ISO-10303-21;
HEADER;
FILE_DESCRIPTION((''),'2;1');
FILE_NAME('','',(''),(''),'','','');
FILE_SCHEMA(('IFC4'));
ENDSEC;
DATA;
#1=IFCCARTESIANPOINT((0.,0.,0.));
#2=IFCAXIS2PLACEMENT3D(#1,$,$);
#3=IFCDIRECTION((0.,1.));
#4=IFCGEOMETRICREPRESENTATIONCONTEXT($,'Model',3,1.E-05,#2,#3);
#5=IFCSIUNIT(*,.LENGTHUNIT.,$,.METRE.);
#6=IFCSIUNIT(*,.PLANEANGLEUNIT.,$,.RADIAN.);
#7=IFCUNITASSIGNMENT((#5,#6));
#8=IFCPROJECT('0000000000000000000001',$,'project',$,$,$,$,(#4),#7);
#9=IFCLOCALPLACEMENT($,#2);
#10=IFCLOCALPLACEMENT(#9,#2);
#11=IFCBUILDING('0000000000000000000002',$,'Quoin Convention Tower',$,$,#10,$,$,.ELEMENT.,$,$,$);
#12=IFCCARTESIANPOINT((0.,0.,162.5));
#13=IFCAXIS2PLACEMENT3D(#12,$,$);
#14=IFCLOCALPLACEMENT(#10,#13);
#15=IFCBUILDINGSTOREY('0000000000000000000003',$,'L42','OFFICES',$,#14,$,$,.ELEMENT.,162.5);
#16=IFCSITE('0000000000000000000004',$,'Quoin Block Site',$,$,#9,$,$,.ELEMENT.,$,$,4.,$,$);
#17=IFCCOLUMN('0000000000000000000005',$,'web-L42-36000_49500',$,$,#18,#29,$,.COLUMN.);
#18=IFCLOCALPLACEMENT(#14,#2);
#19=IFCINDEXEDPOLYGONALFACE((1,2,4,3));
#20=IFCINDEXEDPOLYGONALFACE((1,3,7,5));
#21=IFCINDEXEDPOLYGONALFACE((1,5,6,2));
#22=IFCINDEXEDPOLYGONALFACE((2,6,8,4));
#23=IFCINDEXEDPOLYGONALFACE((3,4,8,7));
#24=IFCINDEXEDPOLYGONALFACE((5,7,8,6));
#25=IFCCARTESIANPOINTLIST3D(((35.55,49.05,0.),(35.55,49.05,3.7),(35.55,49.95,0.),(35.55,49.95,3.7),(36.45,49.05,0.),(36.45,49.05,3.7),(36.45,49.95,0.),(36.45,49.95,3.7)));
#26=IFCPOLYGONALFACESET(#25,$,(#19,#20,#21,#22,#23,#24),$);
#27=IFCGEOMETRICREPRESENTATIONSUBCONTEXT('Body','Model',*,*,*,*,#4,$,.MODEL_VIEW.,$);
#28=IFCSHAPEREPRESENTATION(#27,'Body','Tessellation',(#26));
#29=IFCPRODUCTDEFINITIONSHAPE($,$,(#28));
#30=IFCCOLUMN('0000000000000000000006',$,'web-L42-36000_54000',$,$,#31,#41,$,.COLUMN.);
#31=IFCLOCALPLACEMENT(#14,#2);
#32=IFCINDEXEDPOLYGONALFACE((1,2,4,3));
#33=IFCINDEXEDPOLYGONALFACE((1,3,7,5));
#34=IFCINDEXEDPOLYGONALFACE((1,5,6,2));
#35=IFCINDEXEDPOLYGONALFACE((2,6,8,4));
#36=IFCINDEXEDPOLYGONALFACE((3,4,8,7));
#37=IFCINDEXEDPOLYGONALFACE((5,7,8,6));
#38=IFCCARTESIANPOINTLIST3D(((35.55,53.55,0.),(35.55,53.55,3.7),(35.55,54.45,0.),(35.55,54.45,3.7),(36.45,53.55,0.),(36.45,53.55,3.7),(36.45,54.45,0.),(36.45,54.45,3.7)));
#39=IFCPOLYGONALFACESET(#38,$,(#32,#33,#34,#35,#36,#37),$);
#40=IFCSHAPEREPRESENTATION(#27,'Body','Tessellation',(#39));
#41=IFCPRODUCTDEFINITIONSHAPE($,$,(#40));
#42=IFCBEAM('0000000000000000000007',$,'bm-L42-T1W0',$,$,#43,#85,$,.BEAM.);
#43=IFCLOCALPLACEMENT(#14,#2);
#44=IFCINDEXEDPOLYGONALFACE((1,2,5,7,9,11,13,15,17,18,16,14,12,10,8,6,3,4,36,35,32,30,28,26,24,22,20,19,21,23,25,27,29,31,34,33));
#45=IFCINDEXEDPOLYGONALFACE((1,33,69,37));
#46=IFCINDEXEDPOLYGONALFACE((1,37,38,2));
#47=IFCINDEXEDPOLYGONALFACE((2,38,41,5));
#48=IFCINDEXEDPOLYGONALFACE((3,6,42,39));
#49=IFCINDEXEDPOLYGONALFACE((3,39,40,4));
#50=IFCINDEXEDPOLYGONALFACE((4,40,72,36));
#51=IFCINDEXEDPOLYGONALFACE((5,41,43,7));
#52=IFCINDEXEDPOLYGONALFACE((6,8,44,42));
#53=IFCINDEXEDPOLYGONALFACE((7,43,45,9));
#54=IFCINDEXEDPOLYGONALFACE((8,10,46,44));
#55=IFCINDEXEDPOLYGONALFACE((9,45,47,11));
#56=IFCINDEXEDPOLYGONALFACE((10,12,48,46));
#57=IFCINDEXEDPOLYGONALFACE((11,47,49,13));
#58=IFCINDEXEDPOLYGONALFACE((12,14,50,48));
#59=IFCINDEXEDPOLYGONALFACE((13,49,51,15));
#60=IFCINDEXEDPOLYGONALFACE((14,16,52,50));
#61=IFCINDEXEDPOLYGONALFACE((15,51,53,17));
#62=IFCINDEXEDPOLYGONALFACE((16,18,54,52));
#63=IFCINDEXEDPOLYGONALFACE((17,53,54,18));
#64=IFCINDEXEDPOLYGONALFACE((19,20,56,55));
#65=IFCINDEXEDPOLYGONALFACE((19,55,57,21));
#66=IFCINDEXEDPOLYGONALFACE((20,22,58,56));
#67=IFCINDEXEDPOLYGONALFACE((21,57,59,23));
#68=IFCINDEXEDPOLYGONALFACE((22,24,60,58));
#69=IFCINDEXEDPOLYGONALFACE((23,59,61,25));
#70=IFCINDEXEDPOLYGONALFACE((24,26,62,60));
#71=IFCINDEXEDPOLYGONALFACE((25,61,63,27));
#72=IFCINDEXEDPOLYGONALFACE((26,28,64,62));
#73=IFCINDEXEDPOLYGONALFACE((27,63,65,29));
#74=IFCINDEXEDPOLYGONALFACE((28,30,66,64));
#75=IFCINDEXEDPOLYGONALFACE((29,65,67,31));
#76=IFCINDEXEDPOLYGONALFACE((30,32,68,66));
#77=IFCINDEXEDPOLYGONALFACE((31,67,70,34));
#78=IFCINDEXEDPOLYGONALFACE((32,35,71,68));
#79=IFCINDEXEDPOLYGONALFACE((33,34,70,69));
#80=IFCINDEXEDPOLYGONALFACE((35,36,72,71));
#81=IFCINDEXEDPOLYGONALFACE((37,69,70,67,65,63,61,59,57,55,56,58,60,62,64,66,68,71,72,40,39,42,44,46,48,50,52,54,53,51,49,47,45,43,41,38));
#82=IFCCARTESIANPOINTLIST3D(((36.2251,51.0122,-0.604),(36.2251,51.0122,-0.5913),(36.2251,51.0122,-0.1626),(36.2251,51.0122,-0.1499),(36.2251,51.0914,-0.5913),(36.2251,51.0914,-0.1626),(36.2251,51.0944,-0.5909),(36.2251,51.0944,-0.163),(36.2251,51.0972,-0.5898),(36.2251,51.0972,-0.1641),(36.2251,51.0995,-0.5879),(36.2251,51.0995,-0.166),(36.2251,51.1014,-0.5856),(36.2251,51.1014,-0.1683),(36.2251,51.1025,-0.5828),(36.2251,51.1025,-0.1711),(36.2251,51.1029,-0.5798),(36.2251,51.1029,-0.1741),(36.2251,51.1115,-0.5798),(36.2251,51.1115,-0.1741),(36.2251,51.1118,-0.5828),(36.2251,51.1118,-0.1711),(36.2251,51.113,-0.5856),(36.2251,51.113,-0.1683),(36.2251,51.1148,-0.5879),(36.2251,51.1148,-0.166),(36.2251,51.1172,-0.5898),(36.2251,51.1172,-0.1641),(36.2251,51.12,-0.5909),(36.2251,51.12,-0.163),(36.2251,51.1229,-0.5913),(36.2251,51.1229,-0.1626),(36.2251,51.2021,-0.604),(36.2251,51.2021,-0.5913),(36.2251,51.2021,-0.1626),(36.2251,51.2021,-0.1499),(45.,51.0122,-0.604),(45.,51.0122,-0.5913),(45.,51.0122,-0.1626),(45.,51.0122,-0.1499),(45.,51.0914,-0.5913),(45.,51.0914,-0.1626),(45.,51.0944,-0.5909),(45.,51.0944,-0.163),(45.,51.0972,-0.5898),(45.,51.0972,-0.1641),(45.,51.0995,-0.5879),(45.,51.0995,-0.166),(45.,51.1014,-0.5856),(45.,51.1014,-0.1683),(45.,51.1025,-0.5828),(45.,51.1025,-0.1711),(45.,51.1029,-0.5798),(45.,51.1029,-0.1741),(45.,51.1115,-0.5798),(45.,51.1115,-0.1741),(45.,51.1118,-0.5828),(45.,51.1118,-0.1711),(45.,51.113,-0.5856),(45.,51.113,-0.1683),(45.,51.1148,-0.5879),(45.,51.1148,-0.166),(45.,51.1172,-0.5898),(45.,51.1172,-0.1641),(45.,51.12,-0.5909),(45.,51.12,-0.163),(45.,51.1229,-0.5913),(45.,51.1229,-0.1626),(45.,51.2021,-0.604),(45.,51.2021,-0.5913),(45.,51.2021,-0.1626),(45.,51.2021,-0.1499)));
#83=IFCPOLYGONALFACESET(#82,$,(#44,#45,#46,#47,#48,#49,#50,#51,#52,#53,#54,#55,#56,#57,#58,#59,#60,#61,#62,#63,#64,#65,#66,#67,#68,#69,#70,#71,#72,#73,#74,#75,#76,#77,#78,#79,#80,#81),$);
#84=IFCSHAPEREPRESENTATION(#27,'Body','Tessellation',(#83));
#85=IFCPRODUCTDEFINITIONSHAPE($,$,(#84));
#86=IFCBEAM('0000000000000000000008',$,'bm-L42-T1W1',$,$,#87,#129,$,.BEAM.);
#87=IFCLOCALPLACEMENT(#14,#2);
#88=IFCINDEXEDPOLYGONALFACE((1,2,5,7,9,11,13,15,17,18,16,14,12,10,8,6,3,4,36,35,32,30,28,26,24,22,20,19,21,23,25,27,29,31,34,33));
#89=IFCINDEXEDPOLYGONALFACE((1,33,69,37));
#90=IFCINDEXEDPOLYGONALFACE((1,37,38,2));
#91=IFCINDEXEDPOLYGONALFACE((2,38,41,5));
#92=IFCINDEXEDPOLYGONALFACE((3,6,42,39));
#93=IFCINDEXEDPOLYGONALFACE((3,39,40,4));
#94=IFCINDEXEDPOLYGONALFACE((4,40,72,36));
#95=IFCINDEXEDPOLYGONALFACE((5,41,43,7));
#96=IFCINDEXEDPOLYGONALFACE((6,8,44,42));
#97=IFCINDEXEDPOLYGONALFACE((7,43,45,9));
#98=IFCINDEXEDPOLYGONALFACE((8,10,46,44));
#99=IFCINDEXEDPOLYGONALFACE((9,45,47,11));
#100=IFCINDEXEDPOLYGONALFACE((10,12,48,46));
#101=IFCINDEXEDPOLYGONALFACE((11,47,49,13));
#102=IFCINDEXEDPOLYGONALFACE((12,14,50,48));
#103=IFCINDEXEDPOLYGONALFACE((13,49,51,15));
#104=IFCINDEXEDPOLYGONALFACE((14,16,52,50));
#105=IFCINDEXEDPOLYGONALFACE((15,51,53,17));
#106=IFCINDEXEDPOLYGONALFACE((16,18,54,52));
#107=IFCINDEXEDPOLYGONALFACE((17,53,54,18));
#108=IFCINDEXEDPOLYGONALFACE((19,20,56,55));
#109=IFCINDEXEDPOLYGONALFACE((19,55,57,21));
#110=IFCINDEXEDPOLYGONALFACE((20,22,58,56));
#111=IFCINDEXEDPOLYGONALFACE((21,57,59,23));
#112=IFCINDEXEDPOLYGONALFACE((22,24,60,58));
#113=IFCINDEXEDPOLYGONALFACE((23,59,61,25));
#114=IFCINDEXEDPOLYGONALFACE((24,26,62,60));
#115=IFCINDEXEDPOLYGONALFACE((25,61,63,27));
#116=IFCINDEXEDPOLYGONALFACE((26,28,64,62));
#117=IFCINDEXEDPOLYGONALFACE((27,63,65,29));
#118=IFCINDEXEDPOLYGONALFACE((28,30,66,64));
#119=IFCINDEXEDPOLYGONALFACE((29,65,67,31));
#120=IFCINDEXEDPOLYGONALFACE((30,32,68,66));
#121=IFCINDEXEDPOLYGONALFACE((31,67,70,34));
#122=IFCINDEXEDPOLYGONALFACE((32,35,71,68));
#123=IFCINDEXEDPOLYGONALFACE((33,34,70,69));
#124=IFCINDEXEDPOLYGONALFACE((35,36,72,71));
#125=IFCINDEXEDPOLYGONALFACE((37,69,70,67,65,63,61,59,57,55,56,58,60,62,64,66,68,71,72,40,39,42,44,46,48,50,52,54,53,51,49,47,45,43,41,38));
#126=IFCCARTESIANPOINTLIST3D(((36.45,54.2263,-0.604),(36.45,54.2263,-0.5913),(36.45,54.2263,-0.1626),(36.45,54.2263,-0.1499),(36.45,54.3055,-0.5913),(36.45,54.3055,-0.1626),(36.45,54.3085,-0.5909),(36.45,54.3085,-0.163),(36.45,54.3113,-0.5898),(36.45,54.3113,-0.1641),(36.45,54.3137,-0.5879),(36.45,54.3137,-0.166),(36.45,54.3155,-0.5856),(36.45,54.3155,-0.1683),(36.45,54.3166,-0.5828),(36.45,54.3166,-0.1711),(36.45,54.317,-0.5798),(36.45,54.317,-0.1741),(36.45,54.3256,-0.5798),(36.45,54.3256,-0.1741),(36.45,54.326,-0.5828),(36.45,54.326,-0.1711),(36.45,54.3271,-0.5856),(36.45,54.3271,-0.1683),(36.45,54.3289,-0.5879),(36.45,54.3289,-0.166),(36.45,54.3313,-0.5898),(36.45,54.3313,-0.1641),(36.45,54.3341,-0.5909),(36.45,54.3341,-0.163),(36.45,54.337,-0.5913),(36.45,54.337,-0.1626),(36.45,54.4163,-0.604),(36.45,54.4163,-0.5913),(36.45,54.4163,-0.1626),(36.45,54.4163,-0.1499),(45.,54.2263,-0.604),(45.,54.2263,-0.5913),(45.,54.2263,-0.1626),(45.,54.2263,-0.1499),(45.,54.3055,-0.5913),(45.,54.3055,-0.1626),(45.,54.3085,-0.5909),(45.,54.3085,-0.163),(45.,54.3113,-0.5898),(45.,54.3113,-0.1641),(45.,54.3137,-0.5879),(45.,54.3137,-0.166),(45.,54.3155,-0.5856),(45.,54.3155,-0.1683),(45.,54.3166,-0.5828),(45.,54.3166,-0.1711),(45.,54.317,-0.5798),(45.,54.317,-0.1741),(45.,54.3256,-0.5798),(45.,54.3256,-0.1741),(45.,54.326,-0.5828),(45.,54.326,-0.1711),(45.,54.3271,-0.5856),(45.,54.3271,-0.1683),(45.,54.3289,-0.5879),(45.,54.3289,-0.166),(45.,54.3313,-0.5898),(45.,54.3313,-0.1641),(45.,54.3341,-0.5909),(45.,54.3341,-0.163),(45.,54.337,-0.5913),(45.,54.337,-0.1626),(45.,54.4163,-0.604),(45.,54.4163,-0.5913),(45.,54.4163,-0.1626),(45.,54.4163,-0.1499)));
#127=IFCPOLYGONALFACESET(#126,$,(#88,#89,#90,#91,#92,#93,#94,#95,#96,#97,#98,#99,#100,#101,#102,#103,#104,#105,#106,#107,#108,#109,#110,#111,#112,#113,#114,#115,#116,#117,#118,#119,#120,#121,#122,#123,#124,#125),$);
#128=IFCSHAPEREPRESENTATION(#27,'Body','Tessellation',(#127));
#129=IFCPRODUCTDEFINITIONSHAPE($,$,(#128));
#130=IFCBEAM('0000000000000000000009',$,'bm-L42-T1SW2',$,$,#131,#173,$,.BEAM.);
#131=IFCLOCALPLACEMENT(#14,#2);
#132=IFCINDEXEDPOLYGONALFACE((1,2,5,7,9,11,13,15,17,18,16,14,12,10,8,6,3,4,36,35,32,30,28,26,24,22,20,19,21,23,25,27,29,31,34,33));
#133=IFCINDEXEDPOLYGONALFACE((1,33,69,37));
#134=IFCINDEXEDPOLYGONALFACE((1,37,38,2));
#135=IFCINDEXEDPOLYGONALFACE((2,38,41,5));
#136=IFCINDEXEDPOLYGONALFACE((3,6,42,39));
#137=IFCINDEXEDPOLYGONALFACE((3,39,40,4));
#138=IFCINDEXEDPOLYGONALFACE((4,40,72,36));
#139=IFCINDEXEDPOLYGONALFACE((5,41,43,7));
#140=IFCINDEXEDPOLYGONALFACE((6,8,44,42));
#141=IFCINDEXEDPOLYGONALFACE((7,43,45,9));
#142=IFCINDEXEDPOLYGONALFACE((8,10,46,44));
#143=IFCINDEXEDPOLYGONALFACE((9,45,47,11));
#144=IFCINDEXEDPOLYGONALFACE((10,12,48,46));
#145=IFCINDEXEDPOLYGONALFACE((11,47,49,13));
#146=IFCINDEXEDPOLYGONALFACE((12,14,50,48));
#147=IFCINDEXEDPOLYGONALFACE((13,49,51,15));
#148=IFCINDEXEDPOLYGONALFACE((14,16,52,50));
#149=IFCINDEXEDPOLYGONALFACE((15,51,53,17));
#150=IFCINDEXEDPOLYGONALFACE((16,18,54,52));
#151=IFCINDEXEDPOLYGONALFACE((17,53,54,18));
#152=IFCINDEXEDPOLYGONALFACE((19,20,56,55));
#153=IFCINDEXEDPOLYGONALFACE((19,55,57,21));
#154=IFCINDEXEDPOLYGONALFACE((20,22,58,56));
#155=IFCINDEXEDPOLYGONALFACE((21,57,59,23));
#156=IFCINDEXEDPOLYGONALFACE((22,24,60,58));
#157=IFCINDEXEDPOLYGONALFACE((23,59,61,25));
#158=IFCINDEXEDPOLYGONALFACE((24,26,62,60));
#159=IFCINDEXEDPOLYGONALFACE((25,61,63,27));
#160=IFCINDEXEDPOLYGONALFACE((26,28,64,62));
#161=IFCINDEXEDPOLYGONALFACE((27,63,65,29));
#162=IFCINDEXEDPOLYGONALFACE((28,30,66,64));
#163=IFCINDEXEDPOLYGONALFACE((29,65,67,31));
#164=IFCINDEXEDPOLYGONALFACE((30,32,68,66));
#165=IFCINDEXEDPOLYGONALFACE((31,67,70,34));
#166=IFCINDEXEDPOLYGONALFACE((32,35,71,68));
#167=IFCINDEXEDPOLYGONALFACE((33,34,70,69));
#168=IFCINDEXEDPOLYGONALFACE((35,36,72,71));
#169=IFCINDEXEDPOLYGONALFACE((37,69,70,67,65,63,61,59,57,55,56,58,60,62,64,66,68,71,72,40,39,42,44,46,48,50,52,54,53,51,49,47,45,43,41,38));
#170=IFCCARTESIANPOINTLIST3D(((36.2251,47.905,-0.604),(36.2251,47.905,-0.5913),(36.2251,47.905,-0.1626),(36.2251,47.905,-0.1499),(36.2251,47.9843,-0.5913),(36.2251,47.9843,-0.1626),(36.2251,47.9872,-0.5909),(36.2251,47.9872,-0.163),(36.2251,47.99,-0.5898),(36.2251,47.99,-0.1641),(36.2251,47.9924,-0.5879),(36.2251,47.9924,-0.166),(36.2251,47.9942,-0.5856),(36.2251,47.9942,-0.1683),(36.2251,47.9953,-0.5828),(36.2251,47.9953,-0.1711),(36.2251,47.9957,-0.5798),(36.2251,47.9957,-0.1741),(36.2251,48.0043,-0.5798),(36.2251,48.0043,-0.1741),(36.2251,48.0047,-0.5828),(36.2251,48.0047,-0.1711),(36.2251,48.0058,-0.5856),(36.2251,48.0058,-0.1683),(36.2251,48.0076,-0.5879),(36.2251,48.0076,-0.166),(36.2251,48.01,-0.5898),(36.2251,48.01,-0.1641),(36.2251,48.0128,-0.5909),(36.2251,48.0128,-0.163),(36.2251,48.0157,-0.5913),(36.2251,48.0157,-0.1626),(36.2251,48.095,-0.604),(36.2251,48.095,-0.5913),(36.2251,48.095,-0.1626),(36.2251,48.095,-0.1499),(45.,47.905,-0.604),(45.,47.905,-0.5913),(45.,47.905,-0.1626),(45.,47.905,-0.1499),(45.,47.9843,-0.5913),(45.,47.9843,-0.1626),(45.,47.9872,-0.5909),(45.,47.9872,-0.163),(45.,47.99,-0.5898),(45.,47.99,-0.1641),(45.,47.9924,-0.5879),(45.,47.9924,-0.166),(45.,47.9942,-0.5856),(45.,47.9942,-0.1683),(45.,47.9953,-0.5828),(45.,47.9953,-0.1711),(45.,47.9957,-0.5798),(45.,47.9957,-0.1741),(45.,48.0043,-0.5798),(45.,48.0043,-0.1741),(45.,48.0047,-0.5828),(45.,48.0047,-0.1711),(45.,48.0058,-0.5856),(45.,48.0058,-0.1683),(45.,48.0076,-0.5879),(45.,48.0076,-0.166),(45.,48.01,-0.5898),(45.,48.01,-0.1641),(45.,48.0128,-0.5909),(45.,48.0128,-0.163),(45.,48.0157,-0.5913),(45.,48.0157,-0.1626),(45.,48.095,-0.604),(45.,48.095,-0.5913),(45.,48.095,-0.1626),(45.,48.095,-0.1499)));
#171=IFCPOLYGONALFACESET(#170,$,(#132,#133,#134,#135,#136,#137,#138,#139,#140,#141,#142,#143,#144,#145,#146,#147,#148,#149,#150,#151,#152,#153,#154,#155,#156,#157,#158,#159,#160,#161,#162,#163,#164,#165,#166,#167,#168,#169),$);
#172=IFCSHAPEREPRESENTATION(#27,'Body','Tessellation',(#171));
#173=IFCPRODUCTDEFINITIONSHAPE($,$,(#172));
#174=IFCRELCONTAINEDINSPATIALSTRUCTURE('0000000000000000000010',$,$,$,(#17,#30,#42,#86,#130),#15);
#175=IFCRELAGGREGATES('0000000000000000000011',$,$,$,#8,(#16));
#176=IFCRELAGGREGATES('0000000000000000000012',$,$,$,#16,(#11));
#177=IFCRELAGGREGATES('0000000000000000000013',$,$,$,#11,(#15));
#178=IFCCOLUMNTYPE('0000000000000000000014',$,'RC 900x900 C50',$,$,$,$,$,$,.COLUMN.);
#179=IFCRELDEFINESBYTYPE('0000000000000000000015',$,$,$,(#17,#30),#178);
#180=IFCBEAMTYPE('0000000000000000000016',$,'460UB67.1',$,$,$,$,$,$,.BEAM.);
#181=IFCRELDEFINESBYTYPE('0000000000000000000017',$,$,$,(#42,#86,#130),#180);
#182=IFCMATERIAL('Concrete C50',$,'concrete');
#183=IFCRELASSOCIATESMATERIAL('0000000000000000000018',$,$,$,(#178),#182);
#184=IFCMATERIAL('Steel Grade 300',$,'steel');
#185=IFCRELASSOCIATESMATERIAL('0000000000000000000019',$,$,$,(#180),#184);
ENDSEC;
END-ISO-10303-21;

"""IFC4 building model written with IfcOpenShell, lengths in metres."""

from ifc_helpers import new_model, si_unit, direction, frame, origin, origin_2d, place, context, subcontext, project, spatial, rectangle, i_section, extrude, material, material_profile, profile_set, type_object, element, save


model = new_model("IFC4")

# Units and contexts
model_context = context("Model", 3, precision=1e-05, world=origin(), true_north=direction((0.0, 1.0)))
body_context = subcontext(model_context, "Body", "Model", "MODEL_VIEW")
ifc_project = project(units=[si_unit("LENGTHUNIT", "METRE"), si_unit("PLANEANGLEUNIT", "RADIAN")], contexts=[model_context])

# Site, building, storey
site_placement = place(None, origin())
site = spatial("IfcSite", under=ifc_project, at=site_placement, Name="Quoin Block Site", CompositionType="ELEMENT", RefElevation=4.0)
building_placement = place(site_placement, origin())
building = spatial("IfcBuilding", under=site, at=building_placement, Name="Quoin Convention Tower", CompositionType="ELEMENT")
storey_placement = place(building_placement, frame((0.0, 0.0, 162.5)))
storey = spatial("IfcBuildingStorey", under=building, at=storey_placement, Name="L42", Description="OFFICES", CompositionType="ELEMENT", Elevation=162.5)

# Columns
ifc_material_1 = material(Name="Concrete C50", Category="concrete")
ifc_material_profile_1 = material_profile(ifc_material_1, rectangle(XDim=0.8999, YDim=0.8999, at=origin_2d()), Name="RC 900x900")
ifc_profile_set_1 = profile_set([ifc_material_profile_1], Name="Concrete C50")
column_type = type_object("IfcColumnType", Name="RC 900x900 C50", PredefinedType="COLUMN", material=ifc_profile_set_1)
for number, where, z_axis, x_axis, name in (
    (1, (36.0, 49.5, 0.0), (0.0, 0.0, 1.0), (1.0, 0.0, 0.0), "web-L42-36000_49500"),
    (2, (36.0, 54.0, 0.0), (0.0, 0.0, 1.0), (1.0, 0.0, 0.0), "web-L42-36000_54000"),
):
    element("IfcColumn", number, at=place(storey_placement, frame(where, z_axis=z_axis, x_axis=x_axis)), inside=storey, type_object=column_type, Name=name, PredefinedType="COLUMN", context=body_context, shape_type="SweptSolid", body=[
        extrude(rectangle(XDim=0.8999, YDim=0.8999, at=origin_2d()), origin(), (0.0, 0.0, 1.0), 3.7),
    ])

# Beams
ifc_material_2 = material(Name="Steel Grade 300", Category="steel")
ifc_material_profile_2 = material_profile(ifc_material_2, i_section(OverallWidth=0.1899, OverallDepth=0.4541, WebThickness=0.0085, FlangeThickness=0.0127, FilletRadius=0.0115, at=origin_2d()), Name="460UB67.1")
ifc_profile_set_2 = profile_set([ifc_material_profile_2], Name="Steel Grade 300")
beam_type_1 = type_object("IfcBeamType", Name="460UB67.1", PredefinedType="BEAM", material=ifc_profile_set_2)
beam_1_placement = place(storey_placement, frame((36.2251, 51.1072, -0.377), z_axis=(1.0, 0.0, 0.0), x_axis=(0.0, 1.0, 0.0)))
element("IfcBeam", 3, at=beam_1_placement, inside=storey, type_object=beam_type_1, Name="bm-L42-T1W0", PredefinedType="BEAM", context=body_context, shape_type="SweptSolid", body=[
    extrude(i_section(OverallWidth=0.1899, OverallDepth=0.4541, WebThickness=0.0085, FlangeThickness=0.0127, FilletRadius=0.0115, at=origin_2d()), origin(), (0.0, 0.0, 1.0), 8.7749),
])
beam_2_placement = place(storey_placement, frame((36.45, 54.3213, -0.377), z_axis=(1.0, 0.0, 0.0), x_axis=(0.0, 1.0, 0.0)))
element("IfcBeam", 4, at=beam_2_placement, inside=storey, type_object=beam_type_1, Name="bm-L42-T1W1", PredefinedType="BEAM", context=body_context, shape_type="SweptSolid", body=[
    extrude(i_section(OverallWidth=0.1899, OverallDepth=0.4541, WebThickness=0.0085, FlangeThickness=0.0127, FilletRadius=0.0115, at=origin_2d()), origin(), (0.0, 0.0, 1.0), 8.55),
])
beam_3_placement = place(storey_placement, frame((36.2251, 48.0, -0.377), z_axis=(1.0, 0.0, 0.0), x_axis=(0.0, 1.0, 0.0)))
element("IfcBeam", 5, at=beam_3_placement, inside=storey, type_object=beam_type_1, Name="bm-L42-T1SW2", PredefinedType="BEAM", context=body_context, shape_type="SweptSolid", body=[
    extrude(i_section(OverallWidth=0.1899, OverallDepth=0.4541, WebThickness=0.0085, FlangeThickness=0.0127, FilletRadius=0.0115, at=origin_2d()), origin(), (0.0, 0.0, 1.0), 8.7749),
])

save(model, "model.ifc")
